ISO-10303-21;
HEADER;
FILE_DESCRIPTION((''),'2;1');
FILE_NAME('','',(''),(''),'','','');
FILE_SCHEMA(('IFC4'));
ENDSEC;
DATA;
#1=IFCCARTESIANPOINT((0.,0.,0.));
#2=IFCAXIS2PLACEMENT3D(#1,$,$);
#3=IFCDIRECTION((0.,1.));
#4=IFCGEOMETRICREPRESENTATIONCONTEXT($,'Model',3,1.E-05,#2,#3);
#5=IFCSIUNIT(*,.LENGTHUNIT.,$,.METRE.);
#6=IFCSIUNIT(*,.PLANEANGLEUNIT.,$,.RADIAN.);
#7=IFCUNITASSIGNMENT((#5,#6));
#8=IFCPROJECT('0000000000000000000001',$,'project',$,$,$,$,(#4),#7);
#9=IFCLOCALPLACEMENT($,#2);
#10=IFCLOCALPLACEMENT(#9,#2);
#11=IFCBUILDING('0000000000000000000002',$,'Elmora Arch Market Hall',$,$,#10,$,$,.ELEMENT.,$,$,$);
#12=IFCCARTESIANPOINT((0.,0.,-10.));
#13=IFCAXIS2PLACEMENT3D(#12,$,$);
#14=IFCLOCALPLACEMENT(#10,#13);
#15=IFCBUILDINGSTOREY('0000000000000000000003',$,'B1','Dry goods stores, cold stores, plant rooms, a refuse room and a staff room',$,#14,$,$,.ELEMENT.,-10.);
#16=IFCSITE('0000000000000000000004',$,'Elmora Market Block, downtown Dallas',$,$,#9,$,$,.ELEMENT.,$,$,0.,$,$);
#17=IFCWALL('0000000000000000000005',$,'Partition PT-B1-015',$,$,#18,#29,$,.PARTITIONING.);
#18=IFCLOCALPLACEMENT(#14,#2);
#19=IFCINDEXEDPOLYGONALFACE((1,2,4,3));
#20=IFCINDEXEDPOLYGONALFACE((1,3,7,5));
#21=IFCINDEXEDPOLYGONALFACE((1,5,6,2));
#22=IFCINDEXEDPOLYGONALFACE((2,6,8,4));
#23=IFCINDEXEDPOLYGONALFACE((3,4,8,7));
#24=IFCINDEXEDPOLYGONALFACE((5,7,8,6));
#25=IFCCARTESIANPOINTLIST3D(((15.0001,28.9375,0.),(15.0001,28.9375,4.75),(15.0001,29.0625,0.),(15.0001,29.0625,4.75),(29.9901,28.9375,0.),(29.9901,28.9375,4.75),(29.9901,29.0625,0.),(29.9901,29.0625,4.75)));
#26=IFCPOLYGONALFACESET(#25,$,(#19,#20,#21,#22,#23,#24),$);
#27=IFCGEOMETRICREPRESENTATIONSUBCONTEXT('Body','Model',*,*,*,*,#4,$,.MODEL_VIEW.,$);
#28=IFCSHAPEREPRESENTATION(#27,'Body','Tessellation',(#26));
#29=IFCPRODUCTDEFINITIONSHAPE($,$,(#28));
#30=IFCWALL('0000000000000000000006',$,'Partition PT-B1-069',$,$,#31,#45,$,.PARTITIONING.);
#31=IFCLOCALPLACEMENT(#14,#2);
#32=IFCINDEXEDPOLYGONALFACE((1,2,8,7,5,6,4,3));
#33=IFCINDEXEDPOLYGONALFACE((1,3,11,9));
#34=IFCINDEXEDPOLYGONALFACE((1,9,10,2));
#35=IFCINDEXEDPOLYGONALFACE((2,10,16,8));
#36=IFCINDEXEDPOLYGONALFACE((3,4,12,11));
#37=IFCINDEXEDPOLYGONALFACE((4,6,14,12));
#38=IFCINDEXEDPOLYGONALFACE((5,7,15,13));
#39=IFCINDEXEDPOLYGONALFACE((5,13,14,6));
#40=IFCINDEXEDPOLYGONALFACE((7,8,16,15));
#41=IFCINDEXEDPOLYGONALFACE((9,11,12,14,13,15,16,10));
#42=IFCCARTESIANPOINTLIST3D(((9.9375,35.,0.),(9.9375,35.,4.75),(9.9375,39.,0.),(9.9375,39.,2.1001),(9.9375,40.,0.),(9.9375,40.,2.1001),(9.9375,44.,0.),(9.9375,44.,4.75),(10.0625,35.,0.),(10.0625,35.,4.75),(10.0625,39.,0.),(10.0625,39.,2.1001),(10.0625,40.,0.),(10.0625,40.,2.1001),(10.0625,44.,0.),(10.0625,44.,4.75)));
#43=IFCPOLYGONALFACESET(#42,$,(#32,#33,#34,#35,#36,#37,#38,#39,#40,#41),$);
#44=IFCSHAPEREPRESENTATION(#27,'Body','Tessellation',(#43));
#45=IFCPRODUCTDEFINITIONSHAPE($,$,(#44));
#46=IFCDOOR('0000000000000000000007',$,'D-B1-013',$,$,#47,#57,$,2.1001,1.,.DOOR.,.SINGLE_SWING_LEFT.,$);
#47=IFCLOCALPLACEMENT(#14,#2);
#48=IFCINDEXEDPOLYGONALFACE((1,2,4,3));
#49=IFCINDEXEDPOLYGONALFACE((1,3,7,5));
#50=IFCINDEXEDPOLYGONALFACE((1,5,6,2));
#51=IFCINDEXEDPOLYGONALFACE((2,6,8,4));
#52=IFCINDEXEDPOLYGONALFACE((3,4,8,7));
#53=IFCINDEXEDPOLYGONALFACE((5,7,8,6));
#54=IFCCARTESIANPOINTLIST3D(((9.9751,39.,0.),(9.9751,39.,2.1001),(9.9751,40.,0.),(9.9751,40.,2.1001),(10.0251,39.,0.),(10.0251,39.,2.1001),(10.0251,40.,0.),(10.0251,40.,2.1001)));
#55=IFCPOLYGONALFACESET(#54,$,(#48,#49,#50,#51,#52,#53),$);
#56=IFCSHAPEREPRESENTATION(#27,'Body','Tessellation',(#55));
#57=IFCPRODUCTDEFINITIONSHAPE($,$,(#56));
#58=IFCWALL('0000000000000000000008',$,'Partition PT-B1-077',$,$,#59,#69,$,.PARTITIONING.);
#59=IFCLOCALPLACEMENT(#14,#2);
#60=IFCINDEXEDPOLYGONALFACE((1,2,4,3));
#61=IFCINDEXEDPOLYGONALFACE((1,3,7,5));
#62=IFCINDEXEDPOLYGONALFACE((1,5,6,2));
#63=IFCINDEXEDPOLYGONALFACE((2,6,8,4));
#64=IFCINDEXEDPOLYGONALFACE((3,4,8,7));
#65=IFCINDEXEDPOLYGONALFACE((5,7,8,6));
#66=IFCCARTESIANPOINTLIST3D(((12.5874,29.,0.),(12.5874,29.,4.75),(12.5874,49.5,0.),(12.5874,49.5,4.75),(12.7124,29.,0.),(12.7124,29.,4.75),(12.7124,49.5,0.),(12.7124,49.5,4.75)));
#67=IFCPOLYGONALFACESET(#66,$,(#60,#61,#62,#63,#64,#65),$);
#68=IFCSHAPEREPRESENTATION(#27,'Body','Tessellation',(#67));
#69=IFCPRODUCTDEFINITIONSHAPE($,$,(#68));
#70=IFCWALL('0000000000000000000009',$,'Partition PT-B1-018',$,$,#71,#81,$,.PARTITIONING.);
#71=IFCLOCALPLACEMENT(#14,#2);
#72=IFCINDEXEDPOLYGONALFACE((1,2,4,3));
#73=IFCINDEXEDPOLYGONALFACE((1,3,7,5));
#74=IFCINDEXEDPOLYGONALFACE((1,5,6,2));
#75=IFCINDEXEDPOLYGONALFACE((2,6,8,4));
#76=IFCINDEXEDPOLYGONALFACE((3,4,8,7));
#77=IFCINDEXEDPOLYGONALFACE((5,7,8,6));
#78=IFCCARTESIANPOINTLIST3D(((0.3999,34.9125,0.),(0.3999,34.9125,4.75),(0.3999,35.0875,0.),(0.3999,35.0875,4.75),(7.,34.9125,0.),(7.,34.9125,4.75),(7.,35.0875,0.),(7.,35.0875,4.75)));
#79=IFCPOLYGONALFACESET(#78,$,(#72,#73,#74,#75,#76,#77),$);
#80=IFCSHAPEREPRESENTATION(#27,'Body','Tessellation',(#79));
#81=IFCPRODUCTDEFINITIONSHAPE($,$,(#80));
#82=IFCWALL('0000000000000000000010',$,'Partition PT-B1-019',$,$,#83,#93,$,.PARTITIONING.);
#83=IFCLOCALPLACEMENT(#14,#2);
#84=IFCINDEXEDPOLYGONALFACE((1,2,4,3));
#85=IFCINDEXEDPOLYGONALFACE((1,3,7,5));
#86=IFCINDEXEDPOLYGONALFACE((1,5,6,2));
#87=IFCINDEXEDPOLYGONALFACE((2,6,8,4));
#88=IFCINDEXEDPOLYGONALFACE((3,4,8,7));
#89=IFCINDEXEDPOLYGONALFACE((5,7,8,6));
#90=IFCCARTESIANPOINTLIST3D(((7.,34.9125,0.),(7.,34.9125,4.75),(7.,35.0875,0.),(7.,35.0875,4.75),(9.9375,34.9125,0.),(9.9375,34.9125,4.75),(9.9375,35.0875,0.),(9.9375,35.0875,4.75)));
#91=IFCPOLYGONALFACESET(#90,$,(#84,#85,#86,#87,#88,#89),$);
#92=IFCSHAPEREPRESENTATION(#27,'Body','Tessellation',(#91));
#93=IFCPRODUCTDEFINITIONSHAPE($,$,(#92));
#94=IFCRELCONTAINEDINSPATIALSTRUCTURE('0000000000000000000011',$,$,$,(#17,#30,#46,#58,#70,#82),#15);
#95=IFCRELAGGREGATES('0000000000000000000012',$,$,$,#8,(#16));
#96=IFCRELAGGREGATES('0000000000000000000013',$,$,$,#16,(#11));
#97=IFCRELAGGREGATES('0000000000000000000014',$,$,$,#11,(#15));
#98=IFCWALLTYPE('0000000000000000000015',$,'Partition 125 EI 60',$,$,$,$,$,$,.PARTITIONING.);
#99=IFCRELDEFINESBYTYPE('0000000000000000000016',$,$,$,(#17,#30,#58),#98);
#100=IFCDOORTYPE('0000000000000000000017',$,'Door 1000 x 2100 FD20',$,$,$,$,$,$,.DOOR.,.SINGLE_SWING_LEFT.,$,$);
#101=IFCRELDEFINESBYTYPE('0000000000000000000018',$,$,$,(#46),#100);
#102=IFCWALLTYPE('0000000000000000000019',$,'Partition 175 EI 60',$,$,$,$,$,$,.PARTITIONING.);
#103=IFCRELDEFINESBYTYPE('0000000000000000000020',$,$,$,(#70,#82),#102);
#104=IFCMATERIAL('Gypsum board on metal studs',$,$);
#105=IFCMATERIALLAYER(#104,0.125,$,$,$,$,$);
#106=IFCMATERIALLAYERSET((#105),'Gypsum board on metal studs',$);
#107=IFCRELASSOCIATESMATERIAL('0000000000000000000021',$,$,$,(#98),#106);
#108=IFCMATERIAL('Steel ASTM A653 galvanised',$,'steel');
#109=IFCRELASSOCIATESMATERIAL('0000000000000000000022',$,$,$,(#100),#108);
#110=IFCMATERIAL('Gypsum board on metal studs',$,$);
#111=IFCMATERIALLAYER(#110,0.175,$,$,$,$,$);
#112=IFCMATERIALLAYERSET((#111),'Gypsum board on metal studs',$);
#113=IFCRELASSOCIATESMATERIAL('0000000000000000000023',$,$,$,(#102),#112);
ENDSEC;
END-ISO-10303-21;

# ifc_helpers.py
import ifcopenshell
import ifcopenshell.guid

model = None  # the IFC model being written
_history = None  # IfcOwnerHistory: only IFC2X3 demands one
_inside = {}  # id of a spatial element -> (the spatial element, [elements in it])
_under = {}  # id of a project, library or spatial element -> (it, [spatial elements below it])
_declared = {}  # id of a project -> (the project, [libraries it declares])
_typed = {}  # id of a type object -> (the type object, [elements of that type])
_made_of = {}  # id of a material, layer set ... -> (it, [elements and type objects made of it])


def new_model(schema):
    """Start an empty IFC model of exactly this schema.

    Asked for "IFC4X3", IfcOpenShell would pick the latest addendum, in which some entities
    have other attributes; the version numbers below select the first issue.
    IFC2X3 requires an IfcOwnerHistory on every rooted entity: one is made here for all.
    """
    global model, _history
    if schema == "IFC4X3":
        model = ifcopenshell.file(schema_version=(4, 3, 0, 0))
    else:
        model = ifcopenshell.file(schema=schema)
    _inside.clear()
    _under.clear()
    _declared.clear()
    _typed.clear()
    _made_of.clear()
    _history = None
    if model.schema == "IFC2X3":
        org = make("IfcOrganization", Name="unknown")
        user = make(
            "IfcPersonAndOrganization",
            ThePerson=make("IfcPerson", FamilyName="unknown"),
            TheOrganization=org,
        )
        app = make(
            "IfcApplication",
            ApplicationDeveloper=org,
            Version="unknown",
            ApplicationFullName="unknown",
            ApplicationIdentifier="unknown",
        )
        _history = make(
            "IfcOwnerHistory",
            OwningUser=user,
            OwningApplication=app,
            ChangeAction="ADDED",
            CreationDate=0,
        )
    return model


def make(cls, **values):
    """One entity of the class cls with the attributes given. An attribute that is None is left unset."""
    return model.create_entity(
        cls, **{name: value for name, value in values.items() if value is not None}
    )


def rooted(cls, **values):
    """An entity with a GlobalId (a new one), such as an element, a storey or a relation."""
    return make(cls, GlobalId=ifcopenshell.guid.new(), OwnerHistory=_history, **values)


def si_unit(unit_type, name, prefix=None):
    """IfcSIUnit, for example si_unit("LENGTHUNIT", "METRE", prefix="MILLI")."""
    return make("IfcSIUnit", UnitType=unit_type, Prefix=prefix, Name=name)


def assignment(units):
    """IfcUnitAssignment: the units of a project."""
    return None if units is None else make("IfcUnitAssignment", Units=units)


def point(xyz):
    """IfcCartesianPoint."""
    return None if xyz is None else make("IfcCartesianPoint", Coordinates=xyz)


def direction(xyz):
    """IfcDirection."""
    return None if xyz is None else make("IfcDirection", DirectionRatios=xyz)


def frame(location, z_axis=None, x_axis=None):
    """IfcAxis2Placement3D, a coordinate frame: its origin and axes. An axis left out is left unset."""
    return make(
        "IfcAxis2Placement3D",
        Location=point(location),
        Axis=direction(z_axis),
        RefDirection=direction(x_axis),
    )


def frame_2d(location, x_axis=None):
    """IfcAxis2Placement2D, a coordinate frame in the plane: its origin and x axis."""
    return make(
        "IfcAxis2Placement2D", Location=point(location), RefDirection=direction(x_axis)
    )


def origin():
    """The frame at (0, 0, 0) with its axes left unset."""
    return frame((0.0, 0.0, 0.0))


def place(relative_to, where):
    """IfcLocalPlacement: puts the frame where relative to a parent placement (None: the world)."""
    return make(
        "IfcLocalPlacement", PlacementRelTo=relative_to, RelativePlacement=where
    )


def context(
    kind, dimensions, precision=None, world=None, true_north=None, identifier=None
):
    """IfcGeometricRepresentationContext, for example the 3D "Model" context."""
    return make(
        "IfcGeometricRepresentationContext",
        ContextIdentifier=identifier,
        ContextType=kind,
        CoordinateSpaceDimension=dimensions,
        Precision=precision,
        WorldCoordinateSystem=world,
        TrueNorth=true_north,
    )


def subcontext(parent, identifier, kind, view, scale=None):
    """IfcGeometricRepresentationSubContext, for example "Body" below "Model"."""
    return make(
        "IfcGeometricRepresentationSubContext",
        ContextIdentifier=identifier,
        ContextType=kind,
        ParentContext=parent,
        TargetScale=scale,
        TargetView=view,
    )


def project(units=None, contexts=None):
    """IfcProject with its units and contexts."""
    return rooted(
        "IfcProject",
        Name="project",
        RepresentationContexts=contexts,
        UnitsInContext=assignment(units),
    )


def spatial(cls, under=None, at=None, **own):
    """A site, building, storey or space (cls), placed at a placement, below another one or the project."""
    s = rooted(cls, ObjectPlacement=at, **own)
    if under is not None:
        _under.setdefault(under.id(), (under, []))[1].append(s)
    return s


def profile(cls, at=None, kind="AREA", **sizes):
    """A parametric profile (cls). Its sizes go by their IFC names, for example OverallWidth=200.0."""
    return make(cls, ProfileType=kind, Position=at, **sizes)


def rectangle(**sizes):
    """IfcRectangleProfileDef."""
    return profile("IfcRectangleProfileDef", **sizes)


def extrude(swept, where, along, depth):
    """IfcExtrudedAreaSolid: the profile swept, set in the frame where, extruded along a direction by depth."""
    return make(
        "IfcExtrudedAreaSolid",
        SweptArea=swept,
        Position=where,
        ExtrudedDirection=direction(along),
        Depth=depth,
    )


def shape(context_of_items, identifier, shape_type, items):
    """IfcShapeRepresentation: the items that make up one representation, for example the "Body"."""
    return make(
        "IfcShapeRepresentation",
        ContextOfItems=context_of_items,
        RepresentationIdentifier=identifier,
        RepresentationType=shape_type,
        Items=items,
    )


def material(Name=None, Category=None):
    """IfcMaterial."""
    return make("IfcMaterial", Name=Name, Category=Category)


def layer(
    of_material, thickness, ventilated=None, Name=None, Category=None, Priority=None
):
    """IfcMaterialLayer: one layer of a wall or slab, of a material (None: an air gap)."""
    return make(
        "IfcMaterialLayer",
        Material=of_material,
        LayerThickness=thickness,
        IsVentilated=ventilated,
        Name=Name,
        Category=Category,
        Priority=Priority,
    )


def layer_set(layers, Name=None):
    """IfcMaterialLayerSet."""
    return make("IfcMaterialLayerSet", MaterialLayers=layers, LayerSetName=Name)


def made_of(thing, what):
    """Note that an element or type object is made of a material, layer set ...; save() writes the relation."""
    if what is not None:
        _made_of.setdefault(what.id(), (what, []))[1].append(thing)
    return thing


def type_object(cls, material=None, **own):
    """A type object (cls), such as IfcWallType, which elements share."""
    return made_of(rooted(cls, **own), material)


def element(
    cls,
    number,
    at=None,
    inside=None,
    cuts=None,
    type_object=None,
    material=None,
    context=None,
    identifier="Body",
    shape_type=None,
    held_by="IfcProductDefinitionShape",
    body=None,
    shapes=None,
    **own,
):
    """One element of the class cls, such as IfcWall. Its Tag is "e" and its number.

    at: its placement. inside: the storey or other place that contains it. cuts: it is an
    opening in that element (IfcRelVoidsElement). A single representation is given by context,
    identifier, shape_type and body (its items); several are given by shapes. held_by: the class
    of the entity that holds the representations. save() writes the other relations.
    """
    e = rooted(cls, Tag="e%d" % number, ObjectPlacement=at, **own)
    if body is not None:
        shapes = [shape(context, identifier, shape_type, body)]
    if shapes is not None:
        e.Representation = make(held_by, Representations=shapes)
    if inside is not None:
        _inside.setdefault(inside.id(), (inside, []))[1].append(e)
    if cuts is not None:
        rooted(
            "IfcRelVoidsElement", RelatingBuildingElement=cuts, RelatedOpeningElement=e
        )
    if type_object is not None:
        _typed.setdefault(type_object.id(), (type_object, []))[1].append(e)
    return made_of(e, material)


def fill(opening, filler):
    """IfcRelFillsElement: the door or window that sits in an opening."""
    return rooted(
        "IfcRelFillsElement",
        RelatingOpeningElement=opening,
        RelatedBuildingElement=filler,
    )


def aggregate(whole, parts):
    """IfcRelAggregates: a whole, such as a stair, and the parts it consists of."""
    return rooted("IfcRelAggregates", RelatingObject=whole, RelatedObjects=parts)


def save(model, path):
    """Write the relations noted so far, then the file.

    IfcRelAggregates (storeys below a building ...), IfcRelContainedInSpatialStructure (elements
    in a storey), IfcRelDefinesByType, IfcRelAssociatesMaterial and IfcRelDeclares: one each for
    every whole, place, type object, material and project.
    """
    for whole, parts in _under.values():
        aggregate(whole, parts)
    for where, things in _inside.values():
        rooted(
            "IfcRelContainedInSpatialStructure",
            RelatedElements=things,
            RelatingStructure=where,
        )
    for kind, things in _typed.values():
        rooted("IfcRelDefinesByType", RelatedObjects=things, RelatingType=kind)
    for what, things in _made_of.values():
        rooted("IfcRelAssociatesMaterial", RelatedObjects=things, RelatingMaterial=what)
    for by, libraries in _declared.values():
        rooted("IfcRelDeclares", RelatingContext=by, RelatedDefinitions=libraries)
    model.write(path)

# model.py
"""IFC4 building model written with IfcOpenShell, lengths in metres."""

from ifc_helpers import new_model, si_unit, direction, frame, frame_2d, origin, place, context, subcontext, project, spatial, rectangle, extrude, material, layer, layer_set, type_object, element, fill, save


model = new_model("IFC4")

# Units and contexts
model_context = context("Model", 3, precision=1e-05, world=origin(), true_north=direction((0.0, 1.0)))
body_context = subcontext(model_context, "Body", "Model", "MODEL_VIEW")
ifc_project = project(units=[si_unit("LENGTHUNIT", "METRE"), si_unit("PLANEANGLEUNIT", "RADIAN")], contexts=[model_context])

# Site, building, storey
site_placement = place(None, origin())
site = spatial("IfcSite", under=ifc_project, at=site_placement, Name="Elmora Market Block, downtown Dallas", CompositionType="ELEMENT", RefElevation=0.0)
building_placement = place(site_placement, origin())
building = spatial("IfcBuilding", under=site, at=building_placement, Name="Elmora Arch Market Hall", CompositionType="ELEMENT")
storey_placement = place(building_placement, frame((0.0, 0.0, -10.0)))
storey = spatial("IfcBuildingStorey", under=building, at=storey_placement, Name="B1", Description="Dry goods stores, cold stores, plant rooms, a refuse room and a staff room", CompositionType="ELEMENT", Elevation=-10.0)

# Wall
ifc_material_1 = material(Name="Gypsum board on metal studs")
ifc_layer_1 = layer(ifc_material_1, 0.125)
ifc_layer_set_1 = layer_set([ifc_layer_1], Name="Gypsum board on metal studs")
wall_type_1 = type_object("IfcWallType", Name="Partition 125 EI 60", PredefinedType="PARTITIONING", material=ifc_layer_set_1)
wall_1_placement = place(storey_placement, frame((15.0, 29.0, 0.0), z_axis=(0.0, 0.0, 1.0), x_axis=(1.0, 0.0, 0.0)))
element("IfcWall", 1, at=wall_1_placement, inside=storey, type_object=wall_type_1, Name="Partition PT-B1-015", PredefinedType="PARTITIONING", context=body_context, shape_type="SweptSolid", body=[
    extrude(rectangle(XDim=14.99, YDim=0.125, at=frame_2d((7.4951, 0.0))), origin(), (0.0, 0.0, 1.0), 4.75),
])

# Wall, opening, door
wall_2_placement = place(storey_placement, frame((10.0, 35.0, 0.0), z_axis=(0.0, 0.0, 1.0), x_axis=(0.0, 1.0, 0.0)))
wall_2 = element("IfcWall", 2, at=wall_2_placement, inside=storey, type_object=wall_type_1, Name="Partition PT-B1-069", PredefinedType="PARTITIONING", context=body_context, shape_type="SweptSolid", body=[
    extrude(rectangle(XDim=9.0, YDim=0.125, at=frame_2d((4.5, 0.0))), origin(), (0.0, 0.0, 1.0), 4.75),
])
opening_1_placement = place(wall_2_placement, frame((4.0, 0.0, 0.0)))
opening_1 = element("IfcOpeningElement", 3, at=opening_1_placement, cuts=wall_2, PredefinedType="OPENING", context=body_context, shape_type="SweptSolid", body=[
    extrude(rectangle(XDim=1.0, YDim=2.1001, at=frame_2d((0.5, 1.05))), frame((0.0, 0.0725, 0.0), z_axis=(0.0, -1.0, 0.0), x_axis=(1.0, 0.0, 0.0)), (0.0, 0.0, 1.0), 0.145),
])
ifc_material_2 = material(Name="Steel ASTM A653 galvanised", Category="steel")
door_type_1 = type_object("IfcDoorType", Name="Door 1000 x 2100 FD20", OperationType="SINGLE_SWING_LEFT", PredefinedType="DOOR", material=ifc_material_2)
door_1_placement = place(opening_1_placement, origin())
door_1 = element("IfcDoor", 4, at=door_1_placement, inside=storey, type_object=door_type_1, Name="D-B1-013", OperationType="SINGLE_SWING_LEFT", OverallHeight=2.1001, OverallWidth=1.0, PredefinedType="DOOR", context=body_context, shape_type="SweptSolid", body=[
    extrude(rectangle(XDim=1.0, YDim=2.1001, at=frame_2d((0.5, 1.05))), frame((0.0, 0.0249, 0.0), z_axis=(0.0, -1.0, 0.0), x_axis=(1.0, 0.0, 0.0)), (0.0, 0.0, 1.0), 0.05),
])
fill(opening_1, door_1)

# Walls
wall_3_placement = place(storey_placement, frame((12.6499, 29.0, 0.0), z_axis=(0.0, 0.0, 1.0), x_axis=(0.0, 1.0, 0.0)))
element("IfcWall", 5, at=wall_3_placement, inside=storey, type_object=wall_type_1, Name="Partition PT-B1-077", PredefinedType="PARTITIONING", context=body_context, shape_type="SweptSolid", body=[
    extrude(rectangle(XDim=20.5, YDim=0.125, at=frame_2d((10.25, 0.0))), origin(), (0.0, 0.0, 1.0), 4.75),
])
ifc_material_3 = material(Name="Gypsum board on metal studs")
ifc_layer_2 = layer(ifc_material_3, 0.175)
ifc_layer_set_2 = layer_set([ifc_layer_2], Name="Gypsum board on metal studs")
wall_type_2 = type_object("IfcWallType", Name="Partition 175 EI 60", PredefinedType="PARTITIONING", material=ifc_layer_set_2)
wall_4_placement = place(storey_placement, frame((0.3999, 35.0, 0.0), z_axis=(0.0, 0.0, 1.0), x_axis=(1.0, 0.0, 0.0)))
element("IfcWall", 6, at=wall_4_placement, inside=storey, type_object=wall_type_2, Name="Partition PT-B1-018", PredefinedType="PARTITIONING", context=body_context, shape_type="SweptSolid", body=[
    extrude(rectangle(XDim=6.6001, YDim=0.175, at=frame_2d((3.3, 0.0))), origin(), (0.0, 0.0, 1.0), 4.75),
])
wall_5_placement = place(storey_placement, frame((7.0, 35.0, 0.0), z_axis=(0.0, 0.0, 1.0), x_axis=(1.0, 0.0, 0.0)))
element("IfcWall", 7, at=wall_5_placement, inside=storey, type_object=wall_type_2, Name="Partition PT-B1-019", PredefinedType="PARTITIONING", context=body_context, shape_type="SweptSolid", body=[
    extrude(rectangle(XDim=2.9375, YDim=0.175, at=frame_2d((1.4688, 0.0))), origin(), (0.0, 0.0, 1.0), 4.75),
])

save(model, "model.ifc")
